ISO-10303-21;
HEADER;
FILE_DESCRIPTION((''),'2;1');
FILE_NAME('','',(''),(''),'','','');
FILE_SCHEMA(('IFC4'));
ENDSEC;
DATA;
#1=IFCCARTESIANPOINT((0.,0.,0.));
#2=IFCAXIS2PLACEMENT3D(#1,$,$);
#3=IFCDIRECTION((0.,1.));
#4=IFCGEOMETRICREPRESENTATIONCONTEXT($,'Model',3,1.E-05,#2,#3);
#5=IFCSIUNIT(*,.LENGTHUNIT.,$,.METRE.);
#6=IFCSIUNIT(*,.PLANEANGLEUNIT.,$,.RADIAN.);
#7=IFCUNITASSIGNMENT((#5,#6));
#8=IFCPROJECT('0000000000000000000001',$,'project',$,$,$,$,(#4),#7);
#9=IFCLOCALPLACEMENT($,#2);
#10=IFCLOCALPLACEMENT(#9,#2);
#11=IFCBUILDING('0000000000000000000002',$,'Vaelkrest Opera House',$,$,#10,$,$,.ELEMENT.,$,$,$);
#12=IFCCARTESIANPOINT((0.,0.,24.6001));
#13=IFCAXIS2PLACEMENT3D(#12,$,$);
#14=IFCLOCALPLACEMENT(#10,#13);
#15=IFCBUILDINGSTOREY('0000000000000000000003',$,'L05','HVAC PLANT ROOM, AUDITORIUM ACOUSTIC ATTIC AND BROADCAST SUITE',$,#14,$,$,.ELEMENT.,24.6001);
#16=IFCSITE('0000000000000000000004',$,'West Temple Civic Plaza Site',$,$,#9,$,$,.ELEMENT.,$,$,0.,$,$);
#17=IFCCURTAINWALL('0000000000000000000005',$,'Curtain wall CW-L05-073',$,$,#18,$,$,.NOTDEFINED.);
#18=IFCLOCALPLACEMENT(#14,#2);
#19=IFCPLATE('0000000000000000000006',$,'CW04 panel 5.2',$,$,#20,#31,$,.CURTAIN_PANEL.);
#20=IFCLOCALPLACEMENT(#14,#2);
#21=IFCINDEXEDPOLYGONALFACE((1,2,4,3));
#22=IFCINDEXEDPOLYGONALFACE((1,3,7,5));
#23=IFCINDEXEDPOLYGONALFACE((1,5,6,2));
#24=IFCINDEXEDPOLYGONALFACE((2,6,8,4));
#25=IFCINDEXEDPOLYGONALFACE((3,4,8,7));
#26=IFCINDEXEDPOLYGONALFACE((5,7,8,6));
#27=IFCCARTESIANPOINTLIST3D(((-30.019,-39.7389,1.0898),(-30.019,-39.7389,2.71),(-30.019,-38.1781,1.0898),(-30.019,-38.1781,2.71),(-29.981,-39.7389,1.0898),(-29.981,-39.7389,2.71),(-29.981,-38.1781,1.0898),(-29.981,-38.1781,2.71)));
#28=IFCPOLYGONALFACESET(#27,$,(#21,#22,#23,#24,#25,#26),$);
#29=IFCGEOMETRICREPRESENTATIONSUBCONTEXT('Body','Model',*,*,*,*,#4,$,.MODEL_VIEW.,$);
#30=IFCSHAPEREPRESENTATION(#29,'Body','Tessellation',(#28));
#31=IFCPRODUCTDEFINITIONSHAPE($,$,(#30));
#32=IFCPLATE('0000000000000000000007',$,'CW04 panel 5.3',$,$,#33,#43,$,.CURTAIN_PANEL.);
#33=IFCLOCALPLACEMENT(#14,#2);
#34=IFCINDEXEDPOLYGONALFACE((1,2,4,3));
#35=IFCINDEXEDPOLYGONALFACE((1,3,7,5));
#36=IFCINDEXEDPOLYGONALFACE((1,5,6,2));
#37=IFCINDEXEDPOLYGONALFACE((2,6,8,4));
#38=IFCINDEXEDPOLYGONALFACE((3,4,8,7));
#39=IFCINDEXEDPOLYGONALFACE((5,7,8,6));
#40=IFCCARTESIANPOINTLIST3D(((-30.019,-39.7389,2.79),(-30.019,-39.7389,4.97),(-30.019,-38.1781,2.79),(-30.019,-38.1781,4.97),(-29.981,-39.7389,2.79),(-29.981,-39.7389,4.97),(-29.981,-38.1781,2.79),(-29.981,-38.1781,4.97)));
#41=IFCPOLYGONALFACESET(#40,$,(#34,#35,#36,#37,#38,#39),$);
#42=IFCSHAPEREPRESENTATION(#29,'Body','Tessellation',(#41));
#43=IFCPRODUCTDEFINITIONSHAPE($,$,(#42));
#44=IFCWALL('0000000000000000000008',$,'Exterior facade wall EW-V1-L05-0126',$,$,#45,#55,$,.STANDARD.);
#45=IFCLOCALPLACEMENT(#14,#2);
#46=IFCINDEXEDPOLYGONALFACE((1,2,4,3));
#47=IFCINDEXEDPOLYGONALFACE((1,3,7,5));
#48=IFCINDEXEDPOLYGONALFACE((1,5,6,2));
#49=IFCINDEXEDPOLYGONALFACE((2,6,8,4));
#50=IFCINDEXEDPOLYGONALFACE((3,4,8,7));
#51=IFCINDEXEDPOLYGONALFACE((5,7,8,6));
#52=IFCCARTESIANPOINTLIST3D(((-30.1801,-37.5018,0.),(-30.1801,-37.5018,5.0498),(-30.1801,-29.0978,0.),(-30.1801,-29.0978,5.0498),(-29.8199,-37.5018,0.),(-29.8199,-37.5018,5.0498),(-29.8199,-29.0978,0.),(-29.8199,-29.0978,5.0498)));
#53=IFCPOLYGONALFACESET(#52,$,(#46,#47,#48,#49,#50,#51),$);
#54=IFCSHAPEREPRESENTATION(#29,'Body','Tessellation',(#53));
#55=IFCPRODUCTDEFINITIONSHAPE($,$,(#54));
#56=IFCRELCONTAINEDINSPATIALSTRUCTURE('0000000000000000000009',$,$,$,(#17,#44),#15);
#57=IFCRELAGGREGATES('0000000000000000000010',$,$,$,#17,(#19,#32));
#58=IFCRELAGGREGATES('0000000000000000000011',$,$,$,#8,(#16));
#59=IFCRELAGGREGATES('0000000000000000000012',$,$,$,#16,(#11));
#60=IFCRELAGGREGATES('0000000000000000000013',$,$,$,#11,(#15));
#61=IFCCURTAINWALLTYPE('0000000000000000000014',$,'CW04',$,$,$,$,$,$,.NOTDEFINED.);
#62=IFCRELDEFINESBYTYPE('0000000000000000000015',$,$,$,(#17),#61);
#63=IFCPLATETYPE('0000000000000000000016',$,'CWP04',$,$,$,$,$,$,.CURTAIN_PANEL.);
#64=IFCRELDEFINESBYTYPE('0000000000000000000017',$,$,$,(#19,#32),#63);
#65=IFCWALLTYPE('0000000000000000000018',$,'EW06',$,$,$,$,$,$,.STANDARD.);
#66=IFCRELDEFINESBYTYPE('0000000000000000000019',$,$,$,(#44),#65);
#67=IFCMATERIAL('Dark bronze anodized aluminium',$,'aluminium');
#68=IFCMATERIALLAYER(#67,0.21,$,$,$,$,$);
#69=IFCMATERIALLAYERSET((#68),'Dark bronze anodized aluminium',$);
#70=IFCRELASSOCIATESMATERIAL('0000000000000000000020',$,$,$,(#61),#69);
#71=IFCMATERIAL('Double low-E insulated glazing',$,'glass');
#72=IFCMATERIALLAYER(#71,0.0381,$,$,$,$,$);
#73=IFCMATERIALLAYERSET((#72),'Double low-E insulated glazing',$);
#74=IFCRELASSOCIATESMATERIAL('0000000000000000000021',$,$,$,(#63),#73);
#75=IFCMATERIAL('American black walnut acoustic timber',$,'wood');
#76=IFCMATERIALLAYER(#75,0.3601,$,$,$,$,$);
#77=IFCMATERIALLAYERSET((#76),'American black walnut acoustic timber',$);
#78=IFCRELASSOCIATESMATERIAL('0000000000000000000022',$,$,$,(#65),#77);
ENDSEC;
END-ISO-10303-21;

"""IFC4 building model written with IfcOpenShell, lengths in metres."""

from ifc_helpers import new_model, si_unit, direction, frame, frame_2d, origin, origin_2d, place, context, subcontext, project, spatial, rectangle, extrude, material, layer, layer_set, type_object, element, aggregate, save


model = new_model("IFC4")

# Units and contexts
model_context = context("Model", 3, precision=1e-05, world=origin(), true_north=direction((0.0, 1.0)))
body_context = subcontext(model_context, "Body", "Model", "MODEL_VIEW")
ifc_project = project(units=[si_unit("LENGTHUNIT", "METRE"), si_unit("PLANEANGLEUNIT", "RADIAN")], contexts=[model_context])

# Site, building, storey
site_placement = place(None, origin())
site = spatial("IfcSite", under=ifc_project, at=site_placement, Name="West Temple Civic Plaza Site", CompositionType="ELEMENT", RefElevation=0.0)
building_placement = place(site_placement, origin())
building = spatial("IfcBuilding", under=site, at=building_placement, Name="Vaelkrest Opera House", CompositionType="ELEMENT")
storey_placement = place(building_placement, frame((0.0, 0.0, 24.6001)))
storey = spatial("IfcBuildingStorey", under=building, at=storey_placement, Name="L05", Description="HVAC PLANT ROOM, AUDITORIUM ACOUSTIC ATTIC AND BROADCAST SUITE", CompositionType="ELEMENT", Elevation=24.6001)

# Shared definitions
ifc_material_1 = material(Name="Dark bronze anodized aluminium", Category="aluminium")

# Curtain wall
ifc_layer_1 = layer(ifc_material_1, 0.21)
ifc_layer_set_1 = layer_set([ifc_layer_1], Name="Dark bronze anodized aluminium")
curtain_wall_type_1 = type_object("IfcCurtainWallType", Name="CW04", PredefinedType="NOTDEFINED", material=ifc_layer_set_1)
curtain_wall_1_placement = place(storey_placement, origin())
curtain_wall_1 = element("IfcCurtainWall", 1, at=curtain_wall_1_placement, inside=storey, type_object=curtain_wall_type_1, Name="Curtain wall CW-L05-073", PredefinedType="NOTDEFINED")

# Plates
ifc_material_2 = material(Name="Double low-E insulated glazing", Category="glass")
ifc_layer_2 = layer(ifc_material_2, 0.0381)
ifc_layer_set_2 = layer_set([ifc_layer_2], Name="Double low-E insulated glazing")
plate_type = type_object("IfcPlateType", Name="CWP04", PredefinedType="CURTAIN_PANEL", material=ifc_layer_set_2)
plate_1_placement = place(storey_placement, frame((-30.0, -38.9585, 1.0898), z_axis=(0.0, 0.0, 1.0), x_axis=(0.0, 1.0, 0.0)))
plate_1 = element("IfcPlate", 2, at=plate_1_placement, type_object=plate_type, Name="CW04 panel 5.2", PredefinedType="CURTAIN_PANEL", context=body_context, shape_type="SweptSolid", body=[
    extrude(rectangle(XDim=1.5608, YDim=0.0381, at=origin_2d()), origin(), (0.0, 0.0, 1.0), 1.6201),
])
plate_2_placement = place(storey_placement, frame((-30.0, -38.9585, 2.79), z_axis=(0.0, 0.0, 1.0), x_axis=(0.0, 1.0, 0.0)))
plate_2 = element("IfcPlate", 3, at=plate_2_placement, type_object=plate_type, Name="CW04 panel 5.3", PredefinedType="CURTAIN_PANEL", context=body_context, shape_type="SweptSolid", body=[
    extrude(rectangle(XDim=1.5608, YDim=0.0381, at=origin_2d()), origin(), (0.0, 0.0, 1.0), 2.1799),
])
aggregate(curtain_wall_1, [plate_1, plate_2])

# Wall
ifc_material_3 = material(Name="American black walnut acoustic timber", Category="wood")
ifc_layer_3 = layer(ifc_material_3, 0.3601)
ifc_layer_set_3 = layer_set([ifc_layer_3], Name="American black walnut acoustic timber")
wall_type = type_object("IfcWallType", Name="EW06", PredefinedType="STANDARD", material=ifc_layer_set_3)
wall_placement = place(storey_placement, frame((-30.0, -37.502, 0.0), z_axis=(0.0, 0.0, 1.0), x_axis=(0.0, 1.0, 0.0)))
element("IfcWall", 4, at=wall_placement, inside=storey, type_object=wall_type, Name="Exterior facade wall EW-V1-L05-0126", PredefinedType="STANDARD", context=body_context, shape_type="SweptSolid", body=[
    extrude(rectangle(XDim=8.4041, YDim=0.3601, at=frame_2d((4.2021, 0.0))), origin(), (0.0, 0.0, 1.0), 5.0498),
])

save(model, "model.ifc")
